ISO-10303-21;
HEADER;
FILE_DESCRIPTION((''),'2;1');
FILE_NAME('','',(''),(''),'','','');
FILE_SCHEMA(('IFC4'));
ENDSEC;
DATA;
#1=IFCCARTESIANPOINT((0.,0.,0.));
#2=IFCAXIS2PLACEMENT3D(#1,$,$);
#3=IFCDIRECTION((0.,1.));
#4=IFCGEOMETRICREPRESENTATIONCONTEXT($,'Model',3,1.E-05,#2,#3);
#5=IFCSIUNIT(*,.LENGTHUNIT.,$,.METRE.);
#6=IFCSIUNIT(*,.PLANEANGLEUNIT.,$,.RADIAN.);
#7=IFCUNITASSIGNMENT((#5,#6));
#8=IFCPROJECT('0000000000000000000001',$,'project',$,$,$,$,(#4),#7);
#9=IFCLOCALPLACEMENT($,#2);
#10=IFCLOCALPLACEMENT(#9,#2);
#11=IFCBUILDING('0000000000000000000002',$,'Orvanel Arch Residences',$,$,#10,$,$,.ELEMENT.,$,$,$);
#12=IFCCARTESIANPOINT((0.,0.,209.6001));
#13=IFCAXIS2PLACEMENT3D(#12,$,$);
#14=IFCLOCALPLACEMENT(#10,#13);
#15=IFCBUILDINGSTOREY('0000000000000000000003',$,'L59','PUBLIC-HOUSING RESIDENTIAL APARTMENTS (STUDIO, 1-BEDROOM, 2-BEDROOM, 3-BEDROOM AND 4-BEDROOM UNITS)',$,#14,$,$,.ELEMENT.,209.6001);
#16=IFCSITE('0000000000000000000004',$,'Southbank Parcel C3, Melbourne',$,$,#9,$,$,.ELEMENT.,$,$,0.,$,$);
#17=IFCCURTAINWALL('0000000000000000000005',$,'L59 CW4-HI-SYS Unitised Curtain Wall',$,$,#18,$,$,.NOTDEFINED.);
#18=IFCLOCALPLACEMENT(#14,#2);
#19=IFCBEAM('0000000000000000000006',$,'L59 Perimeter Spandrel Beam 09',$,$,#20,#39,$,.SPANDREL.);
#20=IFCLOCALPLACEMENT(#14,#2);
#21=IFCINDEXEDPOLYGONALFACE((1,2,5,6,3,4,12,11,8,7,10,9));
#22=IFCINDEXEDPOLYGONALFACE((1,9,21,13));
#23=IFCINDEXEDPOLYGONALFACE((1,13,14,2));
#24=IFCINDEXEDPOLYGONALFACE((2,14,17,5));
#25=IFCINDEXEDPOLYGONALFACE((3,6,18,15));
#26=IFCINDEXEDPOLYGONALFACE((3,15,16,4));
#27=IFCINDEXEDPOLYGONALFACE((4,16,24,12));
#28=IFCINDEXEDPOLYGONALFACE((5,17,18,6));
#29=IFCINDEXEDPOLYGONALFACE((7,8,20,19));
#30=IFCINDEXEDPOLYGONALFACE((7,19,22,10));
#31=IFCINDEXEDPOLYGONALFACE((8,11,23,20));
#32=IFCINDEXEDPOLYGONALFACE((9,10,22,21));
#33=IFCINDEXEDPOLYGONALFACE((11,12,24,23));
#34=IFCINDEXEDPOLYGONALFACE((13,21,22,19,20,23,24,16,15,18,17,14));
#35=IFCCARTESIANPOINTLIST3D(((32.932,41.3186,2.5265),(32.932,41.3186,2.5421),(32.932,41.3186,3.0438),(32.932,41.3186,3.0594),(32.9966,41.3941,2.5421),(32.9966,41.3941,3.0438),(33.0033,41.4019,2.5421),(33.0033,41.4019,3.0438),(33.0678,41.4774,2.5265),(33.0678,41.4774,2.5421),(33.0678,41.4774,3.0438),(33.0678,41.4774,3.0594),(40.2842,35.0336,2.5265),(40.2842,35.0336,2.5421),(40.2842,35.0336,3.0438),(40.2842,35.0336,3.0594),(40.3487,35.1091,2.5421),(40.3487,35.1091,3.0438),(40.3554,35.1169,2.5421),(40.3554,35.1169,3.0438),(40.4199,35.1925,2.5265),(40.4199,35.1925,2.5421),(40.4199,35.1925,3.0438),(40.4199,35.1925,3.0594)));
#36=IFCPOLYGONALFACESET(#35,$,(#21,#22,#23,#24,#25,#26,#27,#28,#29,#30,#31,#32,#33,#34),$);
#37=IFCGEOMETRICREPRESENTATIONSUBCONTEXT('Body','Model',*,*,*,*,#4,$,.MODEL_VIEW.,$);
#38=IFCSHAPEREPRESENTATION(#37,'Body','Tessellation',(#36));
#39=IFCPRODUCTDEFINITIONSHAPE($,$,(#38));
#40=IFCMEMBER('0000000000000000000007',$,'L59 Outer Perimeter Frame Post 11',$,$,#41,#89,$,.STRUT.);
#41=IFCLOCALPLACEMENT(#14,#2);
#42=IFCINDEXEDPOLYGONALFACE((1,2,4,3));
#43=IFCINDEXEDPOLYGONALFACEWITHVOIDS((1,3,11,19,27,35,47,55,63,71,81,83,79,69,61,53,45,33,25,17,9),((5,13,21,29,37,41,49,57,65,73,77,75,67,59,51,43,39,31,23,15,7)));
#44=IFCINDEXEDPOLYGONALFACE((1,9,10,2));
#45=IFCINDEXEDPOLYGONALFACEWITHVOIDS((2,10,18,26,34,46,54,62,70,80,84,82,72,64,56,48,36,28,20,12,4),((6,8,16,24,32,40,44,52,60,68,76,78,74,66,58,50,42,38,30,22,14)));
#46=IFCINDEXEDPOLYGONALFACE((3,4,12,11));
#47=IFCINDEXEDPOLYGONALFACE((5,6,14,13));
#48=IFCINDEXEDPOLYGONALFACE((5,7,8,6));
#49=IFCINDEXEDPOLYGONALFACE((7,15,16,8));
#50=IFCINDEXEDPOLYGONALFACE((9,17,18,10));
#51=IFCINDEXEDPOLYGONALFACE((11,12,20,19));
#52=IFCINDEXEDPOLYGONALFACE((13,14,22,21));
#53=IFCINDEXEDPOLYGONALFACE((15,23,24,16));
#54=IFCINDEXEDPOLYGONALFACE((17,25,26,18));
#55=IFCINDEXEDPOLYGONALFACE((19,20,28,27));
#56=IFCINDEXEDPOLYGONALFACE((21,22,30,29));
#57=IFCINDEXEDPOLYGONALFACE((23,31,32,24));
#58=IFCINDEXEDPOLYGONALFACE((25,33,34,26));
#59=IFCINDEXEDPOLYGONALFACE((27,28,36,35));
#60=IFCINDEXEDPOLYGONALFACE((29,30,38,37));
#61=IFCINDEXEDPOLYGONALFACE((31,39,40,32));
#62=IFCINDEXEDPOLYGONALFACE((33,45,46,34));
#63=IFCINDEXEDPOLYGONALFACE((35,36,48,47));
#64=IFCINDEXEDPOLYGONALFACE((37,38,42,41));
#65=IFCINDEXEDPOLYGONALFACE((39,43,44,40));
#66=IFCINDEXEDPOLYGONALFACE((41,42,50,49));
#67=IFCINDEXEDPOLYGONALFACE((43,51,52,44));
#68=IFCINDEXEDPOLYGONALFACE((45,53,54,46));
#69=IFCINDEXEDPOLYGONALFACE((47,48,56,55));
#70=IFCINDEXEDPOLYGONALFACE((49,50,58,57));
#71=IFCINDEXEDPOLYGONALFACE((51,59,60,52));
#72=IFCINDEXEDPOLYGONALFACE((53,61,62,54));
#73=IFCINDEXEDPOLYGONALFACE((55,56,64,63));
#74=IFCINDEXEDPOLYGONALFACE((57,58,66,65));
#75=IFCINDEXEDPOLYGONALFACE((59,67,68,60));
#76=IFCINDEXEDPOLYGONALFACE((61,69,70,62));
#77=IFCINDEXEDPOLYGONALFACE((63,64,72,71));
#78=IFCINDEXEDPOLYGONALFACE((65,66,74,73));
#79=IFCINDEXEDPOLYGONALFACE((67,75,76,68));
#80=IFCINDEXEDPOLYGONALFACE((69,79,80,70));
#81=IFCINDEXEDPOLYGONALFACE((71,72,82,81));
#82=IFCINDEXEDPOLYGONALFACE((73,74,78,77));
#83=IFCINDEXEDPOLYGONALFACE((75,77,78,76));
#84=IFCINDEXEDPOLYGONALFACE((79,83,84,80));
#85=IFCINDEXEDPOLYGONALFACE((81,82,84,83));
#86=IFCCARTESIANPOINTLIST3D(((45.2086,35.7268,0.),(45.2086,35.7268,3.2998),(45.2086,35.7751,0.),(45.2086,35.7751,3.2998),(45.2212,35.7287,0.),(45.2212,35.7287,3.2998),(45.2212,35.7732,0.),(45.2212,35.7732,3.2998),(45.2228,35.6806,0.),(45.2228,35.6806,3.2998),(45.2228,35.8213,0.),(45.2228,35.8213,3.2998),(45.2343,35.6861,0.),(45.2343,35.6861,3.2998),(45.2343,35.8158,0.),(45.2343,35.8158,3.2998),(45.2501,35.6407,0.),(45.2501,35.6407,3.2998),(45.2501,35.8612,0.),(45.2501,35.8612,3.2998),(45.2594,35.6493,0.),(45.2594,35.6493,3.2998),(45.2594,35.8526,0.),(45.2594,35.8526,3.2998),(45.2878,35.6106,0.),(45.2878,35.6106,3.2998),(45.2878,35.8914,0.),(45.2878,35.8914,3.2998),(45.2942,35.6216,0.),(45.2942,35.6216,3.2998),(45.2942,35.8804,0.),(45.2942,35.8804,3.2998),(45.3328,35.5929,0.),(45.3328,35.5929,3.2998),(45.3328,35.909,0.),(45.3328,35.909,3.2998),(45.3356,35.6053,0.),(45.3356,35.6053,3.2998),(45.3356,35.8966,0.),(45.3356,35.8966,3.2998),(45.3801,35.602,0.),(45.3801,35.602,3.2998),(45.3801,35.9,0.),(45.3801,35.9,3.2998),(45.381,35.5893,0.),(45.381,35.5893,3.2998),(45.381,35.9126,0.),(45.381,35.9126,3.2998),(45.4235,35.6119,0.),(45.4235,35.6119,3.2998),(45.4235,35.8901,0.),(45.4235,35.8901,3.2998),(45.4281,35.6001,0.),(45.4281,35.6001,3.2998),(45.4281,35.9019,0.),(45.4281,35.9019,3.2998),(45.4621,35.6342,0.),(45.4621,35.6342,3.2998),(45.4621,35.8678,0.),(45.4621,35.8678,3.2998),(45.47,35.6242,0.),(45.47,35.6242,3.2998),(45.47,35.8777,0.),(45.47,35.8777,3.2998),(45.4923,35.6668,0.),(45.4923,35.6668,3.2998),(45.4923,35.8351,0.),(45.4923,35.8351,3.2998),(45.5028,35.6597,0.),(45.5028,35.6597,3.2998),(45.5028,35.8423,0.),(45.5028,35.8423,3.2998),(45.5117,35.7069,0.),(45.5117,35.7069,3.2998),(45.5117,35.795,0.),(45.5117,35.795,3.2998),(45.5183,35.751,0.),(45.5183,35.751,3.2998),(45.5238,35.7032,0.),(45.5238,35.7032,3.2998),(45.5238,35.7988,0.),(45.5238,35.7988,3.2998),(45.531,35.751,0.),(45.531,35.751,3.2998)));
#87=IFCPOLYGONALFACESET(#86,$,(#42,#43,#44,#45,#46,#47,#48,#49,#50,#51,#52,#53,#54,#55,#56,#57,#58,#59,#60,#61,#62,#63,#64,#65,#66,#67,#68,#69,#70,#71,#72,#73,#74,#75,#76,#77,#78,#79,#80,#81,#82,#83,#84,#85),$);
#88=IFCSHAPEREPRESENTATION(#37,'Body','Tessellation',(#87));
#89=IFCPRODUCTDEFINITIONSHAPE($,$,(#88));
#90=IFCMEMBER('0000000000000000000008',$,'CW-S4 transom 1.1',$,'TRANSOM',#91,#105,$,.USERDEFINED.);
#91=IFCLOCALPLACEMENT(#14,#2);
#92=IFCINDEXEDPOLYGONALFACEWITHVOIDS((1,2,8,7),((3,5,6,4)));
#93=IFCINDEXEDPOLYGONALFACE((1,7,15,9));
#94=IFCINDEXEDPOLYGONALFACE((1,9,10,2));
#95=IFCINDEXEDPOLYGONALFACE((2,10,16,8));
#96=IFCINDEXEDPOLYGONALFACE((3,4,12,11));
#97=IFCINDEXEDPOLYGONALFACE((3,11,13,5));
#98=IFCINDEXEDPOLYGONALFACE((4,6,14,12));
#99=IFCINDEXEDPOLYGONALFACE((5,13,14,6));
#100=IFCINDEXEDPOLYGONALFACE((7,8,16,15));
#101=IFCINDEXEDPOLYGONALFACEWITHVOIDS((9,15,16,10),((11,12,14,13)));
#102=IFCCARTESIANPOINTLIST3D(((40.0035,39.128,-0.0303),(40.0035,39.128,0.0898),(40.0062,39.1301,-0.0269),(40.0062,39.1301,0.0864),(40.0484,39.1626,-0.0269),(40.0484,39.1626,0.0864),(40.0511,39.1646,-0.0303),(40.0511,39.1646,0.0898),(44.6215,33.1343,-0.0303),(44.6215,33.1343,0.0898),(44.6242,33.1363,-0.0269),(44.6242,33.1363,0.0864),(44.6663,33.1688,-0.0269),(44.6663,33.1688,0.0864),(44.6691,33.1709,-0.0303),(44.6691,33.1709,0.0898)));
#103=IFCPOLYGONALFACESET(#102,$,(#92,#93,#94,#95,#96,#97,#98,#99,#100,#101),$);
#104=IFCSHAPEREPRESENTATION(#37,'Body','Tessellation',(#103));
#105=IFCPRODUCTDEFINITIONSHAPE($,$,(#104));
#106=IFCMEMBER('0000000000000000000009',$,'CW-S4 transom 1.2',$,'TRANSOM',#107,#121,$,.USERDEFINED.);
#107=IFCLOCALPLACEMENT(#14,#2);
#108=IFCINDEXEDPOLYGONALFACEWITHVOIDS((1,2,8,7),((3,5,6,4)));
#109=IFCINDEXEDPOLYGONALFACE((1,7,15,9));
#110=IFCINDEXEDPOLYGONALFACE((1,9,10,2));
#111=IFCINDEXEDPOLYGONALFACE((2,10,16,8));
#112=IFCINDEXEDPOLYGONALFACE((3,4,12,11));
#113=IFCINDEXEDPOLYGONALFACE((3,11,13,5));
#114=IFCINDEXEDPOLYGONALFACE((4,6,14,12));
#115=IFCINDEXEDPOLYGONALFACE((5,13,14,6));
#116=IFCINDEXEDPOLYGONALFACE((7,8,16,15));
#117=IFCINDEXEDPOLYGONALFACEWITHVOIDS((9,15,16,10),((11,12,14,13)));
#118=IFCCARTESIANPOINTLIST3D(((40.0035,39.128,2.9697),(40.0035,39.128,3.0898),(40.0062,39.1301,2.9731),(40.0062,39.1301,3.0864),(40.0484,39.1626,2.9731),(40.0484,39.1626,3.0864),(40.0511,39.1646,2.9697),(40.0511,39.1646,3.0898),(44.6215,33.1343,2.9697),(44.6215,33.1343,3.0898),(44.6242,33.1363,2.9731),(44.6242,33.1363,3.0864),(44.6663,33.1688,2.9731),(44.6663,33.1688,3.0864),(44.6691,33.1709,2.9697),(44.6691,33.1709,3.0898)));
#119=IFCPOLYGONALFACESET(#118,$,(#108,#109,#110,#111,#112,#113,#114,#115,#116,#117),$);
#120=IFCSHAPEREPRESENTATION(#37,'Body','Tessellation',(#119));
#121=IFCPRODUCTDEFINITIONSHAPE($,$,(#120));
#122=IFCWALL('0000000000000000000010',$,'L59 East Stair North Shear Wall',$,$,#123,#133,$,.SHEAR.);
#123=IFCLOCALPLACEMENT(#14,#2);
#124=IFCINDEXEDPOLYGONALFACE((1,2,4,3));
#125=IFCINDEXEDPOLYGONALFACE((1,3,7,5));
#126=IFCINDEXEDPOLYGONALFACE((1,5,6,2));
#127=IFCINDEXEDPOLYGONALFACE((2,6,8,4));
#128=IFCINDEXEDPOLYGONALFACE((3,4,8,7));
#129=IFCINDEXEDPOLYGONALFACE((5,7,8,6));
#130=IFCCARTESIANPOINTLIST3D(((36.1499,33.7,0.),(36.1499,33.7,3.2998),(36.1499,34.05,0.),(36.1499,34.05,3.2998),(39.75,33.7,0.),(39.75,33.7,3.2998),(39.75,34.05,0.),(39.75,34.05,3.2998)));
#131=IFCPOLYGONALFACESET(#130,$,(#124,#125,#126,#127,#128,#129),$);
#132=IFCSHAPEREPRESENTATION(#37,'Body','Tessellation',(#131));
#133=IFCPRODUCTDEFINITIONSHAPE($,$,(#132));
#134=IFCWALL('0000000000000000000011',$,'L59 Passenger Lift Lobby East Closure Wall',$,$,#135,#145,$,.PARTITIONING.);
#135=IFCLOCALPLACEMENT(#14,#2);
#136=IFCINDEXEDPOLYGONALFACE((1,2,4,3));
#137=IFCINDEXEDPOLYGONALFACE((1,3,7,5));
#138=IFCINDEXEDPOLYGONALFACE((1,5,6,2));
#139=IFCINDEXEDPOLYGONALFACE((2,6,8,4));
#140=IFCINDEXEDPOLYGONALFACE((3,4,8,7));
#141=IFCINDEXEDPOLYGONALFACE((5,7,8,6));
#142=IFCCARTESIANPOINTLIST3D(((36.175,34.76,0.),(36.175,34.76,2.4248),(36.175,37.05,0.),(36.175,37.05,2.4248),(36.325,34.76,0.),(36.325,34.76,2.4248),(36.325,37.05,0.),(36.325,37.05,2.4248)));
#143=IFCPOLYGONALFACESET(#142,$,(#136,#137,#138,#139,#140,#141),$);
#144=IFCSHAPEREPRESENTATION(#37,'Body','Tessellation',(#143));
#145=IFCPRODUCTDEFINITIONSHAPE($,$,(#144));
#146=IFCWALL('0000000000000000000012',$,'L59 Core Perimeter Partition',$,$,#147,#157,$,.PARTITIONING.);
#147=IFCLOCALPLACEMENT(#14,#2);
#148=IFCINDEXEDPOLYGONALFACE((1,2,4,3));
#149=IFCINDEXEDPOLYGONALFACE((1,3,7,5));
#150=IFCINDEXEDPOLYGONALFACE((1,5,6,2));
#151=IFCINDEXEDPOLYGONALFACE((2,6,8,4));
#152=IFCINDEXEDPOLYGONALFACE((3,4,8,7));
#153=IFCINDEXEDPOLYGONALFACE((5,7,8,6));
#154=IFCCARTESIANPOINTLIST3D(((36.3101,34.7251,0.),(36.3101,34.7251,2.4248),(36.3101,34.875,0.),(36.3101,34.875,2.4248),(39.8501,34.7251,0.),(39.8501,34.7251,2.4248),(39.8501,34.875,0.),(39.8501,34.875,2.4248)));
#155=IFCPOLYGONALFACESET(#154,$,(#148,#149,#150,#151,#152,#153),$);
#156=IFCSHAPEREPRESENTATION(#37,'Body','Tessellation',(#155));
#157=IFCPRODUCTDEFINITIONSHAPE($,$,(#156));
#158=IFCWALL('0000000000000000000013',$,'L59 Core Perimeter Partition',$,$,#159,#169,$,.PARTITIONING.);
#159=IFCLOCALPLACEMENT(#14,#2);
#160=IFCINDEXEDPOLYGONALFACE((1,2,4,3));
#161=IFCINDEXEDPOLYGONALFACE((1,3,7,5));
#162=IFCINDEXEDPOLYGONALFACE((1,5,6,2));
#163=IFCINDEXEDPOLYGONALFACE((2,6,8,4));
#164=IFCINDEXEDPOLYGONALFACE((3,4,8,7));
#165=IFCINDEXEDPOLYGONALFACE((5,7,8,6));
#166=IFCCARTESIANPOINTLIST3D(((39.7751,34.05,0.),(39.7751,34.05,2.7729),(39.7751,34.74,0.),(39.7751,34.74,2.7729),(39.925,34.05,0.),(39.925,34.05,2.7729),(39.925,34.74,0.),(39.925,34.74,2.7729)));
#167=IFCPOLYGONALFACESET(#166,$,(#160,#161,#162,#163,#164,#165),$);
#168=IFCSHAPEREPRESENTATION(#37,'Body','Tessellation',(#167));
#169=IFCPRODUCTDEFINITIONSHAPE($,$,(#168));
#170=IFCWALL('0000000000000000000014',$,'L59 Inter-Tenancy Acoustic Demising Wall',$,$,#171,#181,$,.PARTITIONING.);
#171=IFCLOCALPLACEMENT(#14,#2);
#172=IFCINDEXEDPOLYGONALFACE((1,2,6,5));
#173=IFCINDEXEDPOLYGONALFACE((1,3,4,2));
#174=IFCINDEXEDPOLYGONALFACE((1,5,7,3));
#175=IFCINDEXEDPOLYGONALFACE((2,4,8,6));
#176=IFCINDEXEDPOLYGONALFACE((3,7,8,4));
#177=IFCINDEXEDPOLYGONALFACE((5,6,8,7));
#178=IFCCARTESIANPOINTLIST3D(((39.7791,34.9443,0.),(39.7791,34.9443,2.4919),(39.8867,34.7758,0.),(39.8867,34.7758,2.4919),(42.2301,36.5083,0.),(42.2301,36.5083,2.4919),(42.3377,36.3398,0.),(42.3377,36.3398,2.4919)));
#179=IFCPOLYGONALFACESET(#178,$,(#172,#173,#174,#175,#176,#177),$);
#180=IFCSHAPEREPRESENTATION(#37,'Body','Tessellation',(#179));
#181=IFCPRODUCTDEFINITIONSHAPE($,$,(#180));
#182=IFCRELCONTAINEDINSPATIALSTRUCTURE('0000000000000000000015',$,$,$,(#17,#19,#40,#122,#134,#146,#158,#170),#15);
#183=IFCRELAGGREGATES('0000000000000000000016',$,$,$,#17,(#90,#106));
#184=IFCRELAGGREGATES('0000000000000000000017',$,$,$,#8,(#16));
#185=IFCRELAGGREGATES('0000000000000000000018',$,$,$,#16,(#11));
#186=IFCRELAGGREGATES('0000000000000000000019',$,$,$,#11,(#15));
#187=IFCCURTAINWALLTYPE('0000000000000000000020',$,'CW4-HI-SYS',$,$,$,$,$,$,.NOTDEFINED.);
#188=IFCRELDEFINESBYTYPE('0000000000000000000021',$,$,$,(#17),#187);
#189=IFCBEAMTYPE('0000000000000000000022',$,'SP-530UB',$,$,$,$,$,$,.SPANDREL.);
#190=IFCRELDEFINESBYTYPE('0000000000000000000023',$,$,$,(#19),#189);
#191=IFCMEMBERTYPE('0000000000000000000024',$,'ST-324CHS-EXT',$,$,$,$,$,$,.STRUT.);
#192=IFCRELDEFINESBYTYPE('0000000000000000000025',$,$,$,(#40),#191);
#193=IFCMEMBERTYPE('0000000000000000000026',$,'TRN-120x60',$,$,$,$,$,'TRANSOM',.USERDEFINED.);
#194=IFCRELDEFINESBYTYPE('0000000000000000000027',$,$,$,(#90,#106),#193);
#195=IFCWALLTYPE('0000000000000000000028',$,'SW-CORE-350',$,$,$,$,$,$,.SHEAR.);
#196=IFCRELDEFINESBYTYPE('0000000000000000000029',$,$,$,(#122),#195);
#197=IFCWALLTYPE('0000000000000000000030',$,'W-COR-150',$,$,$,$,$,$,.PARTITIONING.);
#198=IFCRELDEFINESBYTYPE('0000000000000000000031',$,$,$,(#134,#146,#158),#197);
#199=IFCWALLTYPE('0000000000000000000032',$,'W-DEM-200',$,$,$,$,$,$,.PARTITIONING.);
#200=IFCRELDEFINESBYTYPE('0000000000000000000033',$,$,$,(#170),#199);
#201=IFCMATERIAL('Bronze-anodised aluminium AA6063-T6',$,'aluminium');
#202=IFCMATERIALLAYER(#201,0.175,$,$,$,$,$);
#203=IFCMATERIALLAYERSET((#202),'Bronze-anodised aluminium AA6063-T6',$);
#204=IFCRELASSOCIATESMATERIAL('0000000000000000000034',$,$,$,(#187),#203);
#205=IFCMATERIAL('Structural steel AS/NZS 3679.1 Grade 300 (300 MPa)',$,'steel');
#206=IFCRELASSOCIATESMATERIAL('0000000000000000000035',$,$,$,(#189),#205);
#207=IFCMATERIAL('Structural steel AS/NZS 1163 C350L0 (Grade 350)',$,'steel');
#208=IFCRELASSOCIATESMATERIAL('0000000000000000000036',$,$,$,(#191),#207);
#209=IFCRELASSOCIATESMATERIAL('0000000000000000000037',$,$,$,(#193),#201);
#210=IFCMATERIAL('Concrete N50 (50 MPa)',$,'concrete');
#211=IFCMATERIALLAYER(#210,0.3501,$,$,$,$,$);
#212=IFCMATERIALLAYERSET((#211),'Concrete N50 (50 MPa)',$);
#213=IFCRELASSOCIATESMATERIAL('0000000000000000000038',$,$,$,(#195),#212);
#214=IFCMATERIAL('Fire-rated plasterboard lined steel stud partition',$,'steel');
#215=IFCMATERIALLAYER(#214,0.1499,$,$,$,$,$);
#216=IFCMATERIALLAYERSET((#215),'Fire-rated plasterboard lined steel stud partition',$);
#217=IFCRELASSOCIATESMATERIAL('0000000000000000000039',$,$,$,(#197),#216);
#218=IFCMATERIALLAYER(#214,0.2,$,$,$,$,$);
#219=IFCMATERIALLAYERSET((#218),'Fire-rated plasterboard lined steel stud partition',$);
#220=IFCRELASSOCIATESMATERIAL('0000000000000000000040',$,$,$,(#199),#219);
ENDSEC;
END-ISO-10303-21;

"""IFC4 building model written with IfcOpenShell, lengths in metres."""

from ifc_helpers import new_model, si_unit, direction, frame, frame_2d, origin, origin_2d, place, context, subcontext, project, spatial, rectangle, hollow_rectangle, hollow_circle, i_section, extrude, material, layer, layer_set, material_profile, profile_set, type_object, element, aggregate, save


model = new_model("IFC4")

# Units and contexts
model_context = context("Model", 3, precision=1e-05, world=origin(), true_north=direction((0.0, 1.0)))
body_context = subcontext(model_context, "Body", "Model", "MODEL_VIEW")
ifc_project = project(units=[si_unit("LENGTHUNIT", "METRE"), si_unit("PLANEANGLEUNIT", "RADIAN")], contexts=[model_context])

# Site, building, storey
site_placement = place(None, origin())
site = spatial("IfcSite", under=ifc_project, at=site_placement, Name="Southbank Parcel C3, Melbourne", CompositionType="ELEMENT", RefElevation=0.0)
building_placement = place(site_placement, origin())
building = spatial("IfcBuilding", under=site, at=building_placement, Name="Orvanel Arch Residences", CompositionType="ELEMENT")
storey_placement = place(building_placement, frame((0.0, 0.0, 209.6001)))
storey = spatial("IfcBuildingStorey", under=building, at=storey_placement, Name="L59", Description="PUBLIC-HOUSING RESIDENTIAL APARTMENTS (STUDIO, 1-BEDROOM, 2-BEDROOM, 3-BEDROOM AND 4-BEDROOM UNITS)", CompositionType="ELEMENT", Elevation=209.6001)

# Shared definitions
ifc_material_1 = material(Name="Structural steel AS/NZS 3679.1 Grade 300 (300 MPa)", Category="steel")

# Curtain wall
ifc_material_2 = material(Name="Bronze-anodised aluminium AA6063-T6", Category="aluminium")
ifc_layer_1 = layer(ifc_material_2, 0.175)
ifc_layer_set_1 = layer_set([ifc_layer_1], Name="Bronze-anodised aluminium AA6063-T6")
curtain_wall_type = type_object("IfcCurtainWallType", Name="CW4-HI-SYS", PredefinedType="NOTDEFINED", material=ifc_layer_set_1)
curtain_wall_placement = place(storey_placement, origin())
curtain_wall = element("IfcCurtainWall", 1, at=curtain_wall_placement, inside=storey, type_object=curtain_wall_type, Name="L59 CW4-HI-SYS Unitised Curtain Wall", PredefinedType="NOTDEFINED")

# Beam
ifc_material_profile_1 = material_profile(ifc_material_1, i_section(OverallWidth=0.209, OverallDepth=0.533, WebThickness=0.0103, FlangeThickness=0.0156, at=origin_2d()), Name="530UB92.4")
ifc_profile_set_1 = profile_set([ifc_material_profile_1], Name="Structural steel AS/NZS 3679.1 Grade 300 (300 MPa)")
beam_type_1 = type_object("IfcBeamType", Name="SP-530UB", PredefinedType="SPANDREL", material=ifc_profile_set_1)
beam_1_placement = place(storey_placement, frame((40.3521, 35.113, 2.793), z_axis=(-0.760117, 0.649787, 0.0), x_axis=(-0.649787, -0.760117, 0.0)))
element("IfcBeam", 2, at=beam_1_placement, inside=storey, type_object=beam_type_1, Name="L59 Perimeter Spandrel Beam 09", PredefinedType="SPANDREL", context=body_context, shape_type="SweptSolid", body=[
    extrude(i_section(OverallWidth=0.209, OverallDepth=0.533, WebThickness=0.0103, FlangeThickness=0.0156, at=origin_2d()), origin(), (0.0, 0.0, 1.0), 9.6724),
])

# Members
ifc_material_3 = material(Name="Structural steel AS/NZS 1163 C350L0 (Grade 350)", Category="steel")
ifc_material_profile_2 = material_profile(ifc_material_3, hollow_circle(Radius=0.1621, WallThickness=0.0127, at=origin_2d()), Name="CHS324x12.7")
ifc_profile_set_2 = profile_set([ifc_material_profile_2], Name="Structural steel AS/NZS 1163 C350L0 (Grade 350)")
member_type_1 = type_object("IfcMemberType", Name="ST-324CHS-EXT", PredefinedType="STRUT", material=ifc_profile_set_2)
member_1_placement = place(storey_placement, frame((45.3689, 35.751, 0.0), z_axis=(0.0, 0.0, 1.0), x_axis=(1.0, 0.0, 0.0)))
element("IfcMember", 3, at=member_1_placement, inside=storey, type_object=member_type_1, Name="L59 Outer Perimeter Frame Post 11", PredefinedType="STRUT", context=body_context, shape_type="SweptSolid", body=[
    extrude(hollow_circle(Radius=0.1621, WallThickness=0.0127, at=origin_2d()), origin(), (0.0, 0.0, 1.0), 3.2998),
])
ifc_material_profile_3 = material_profile(ifc_material_2, hollow_rectangle(XDim=0.0601, YDim=0.1201, WallThickness=0.0034, at=origin_2d()), Name="ALU120x60x3.5")
ifc_profile_set_3 = profile_set([ifc_material_profile_3], Name="Bronze-anodised aluminium AA6063-T6")
member_type_2 = type_object("IfcMemberType", Name="TRN-120x60", ElementType="TRANSOM", PredefinedType="USERDEFINED", material=ifc_profile_set_3)
member_2_placement = place(storey_placement, frame((44.6453, 33.1526, 0.0298), z_axis=(-0.610327, 0.79215, 0.0), x_axis=(-0.79215, -0.610327, 0.0)))
member_2 = element("IfcMember", 4, at=member_2_placement, type_object=member_type_2, Name="CW-S4 transom 1.1", ObjectType="TRANSOM", PredefinedType="USERDEFINED", context=body_context, shape_type="SweptSolid", body=[
    extrude(hollow_rectangle(XDim=0.0601, YDim=0.1201, WallThickness=0.0034, at=origin_2d()), origin(), (0.0, 0.0, 1.0), 7.5664),
])
member_3_placement = place(storey_placement, frame((44.6453, 33.1526, 3.0298), z_axis=(-0.610327, 0.79215, 0.0), x_axis=(-0.79215, -0.610327, 0.0)))
member_3 = element("IfcMember", 5, at=member_3_placement, type_object=member_type_2, Name="CW-S4 transom 1.2", ObjectType="TRANSOM", PredefinedType="USERDEFINED", context=body_context, shape_type="SweptSolid", body=[
    extrude(hollow_rectangle(XDim=0.0601, YDim=0.1201, WallThickness=0.0034, at=origin_2d()), origin(), (0.0, 0.0, 1.0), 7.5664),
])
aggregate(curtain_wall, [member_2, member_3])

# Walls
ifc_material_4 = material(Name="Concrete N50 (50 MPa)", Category="concrete")
ifc_layer_2 = layer(ifc_material_4, 0.3501)
ifc_layer_set_2 = layer_set([ifc_layer_2], Name="Concrete N50 (50 MPa)")
wall_type_1 = type_object("IfcWallType", Name="SW-CORE-350", PredefinedType="SHEAR", material=ifc_layer_set_2)
wall_1_placement = place(storey_placement, frame((36.1499, 33.875, 0.0), z_axis=(0.0, 0.0, 1.0), x_axis=(1.0, 0.0, 0.0)))
element("IfcWall", 6, at=wall_1_placement, inside=storey, type_object=wall_type_1, Name="L59 East Stair North Shear Wall", PredefinedType="SHEAR", context=body_context, shape_type="SweptSolid", body=[
    extrude(rectangle(XDim=3.6001, YDim=0.3501, at=frame_2d((1.8, 0.0))), origin(), (0.0, 0.0, 1.0), 3.2998),
])
ifc_material_5 = material(Name="Fire-rated plasterboard lined steel stud partition", Category="steel")
ifc_layer_3 = layer(ifc_material_5, 0.1499)
ifc_layer_set_3 = layer_set([ifc_layer_3], Name="Fire-rated plasterboard lined steel stud partition")
wall_type_2 = type_object("IfcWallType", Name="W-COR-150", PredefinedType="PARTITIONING", material=ifc_layer_set_3)
wall_2_placement = place(storey_placement, frame((36.25, 34.76, 0.0), z_axis=(0.0, 0.0, 1.0), x_axis=(0.0, 1.0, 0.0)))
element("IfcWall", 7, at=wall_2_placement, inside=storey, type_object=wall_type_2, Name="L59 Passenger Lift Lobby East Closure Wall", PredefinedType="PARTITIONING", context=body_context, shape_type="SweptSolid", body=[
    extrude(rectangle(XDim=2.29, YDim=0.1499, at=frame_2d((1.145, 0.0))), origin(), (0.0, 0.0, 1.0), 2.4248),
])
wall_3_placement = place(storey_placement, frame((36.3101, 34.8, 0.0), z_axis=(0.0, 0.0, 1.0), x_axis=(1.0, 0.0, 0.0)))
element("IfcWall", 8, at=wall_3_placement, inside=storey, type_object=wall_type_2, Name="L59 Core Perimeter Partition", PredefinedType="PARTITIONING", context=body_context, shape_type="SweptSolid", body=[
    extrude(rectangle(XDim=3.54, YDim=0.1499, at=frame_2d((1.77, 0.0))), origin(), (0.0, 0.0, 1.0), 2.4248),
])
wall_4_placement = place(storey_placement, frame((39.8501, 34.74, 0.0), z_axis=(0.0, 0.0, 1.0), x_axis=(0.0, -1.0, 0.0)))
element("IfcWall", 9, at=wall_4_placement, inside=storey, type_object=wall_type_2, Name="L59 Core Perimeter Partition", PredefinedType="PARTITIONING", context=body_context, shape_type="SweptSolid", body=[
    extrude(rectangle(XDim=0.6899, YDim=0.1499, at=frame_2d((0.345, 0.0))), origin(), (0.0, 0.0, 1.0), 2.7729),
])
ifc_layer_4 = layer(ifc_material_5, 0.2)
ifc_layer_set_4 = layer_set([ifc_layer_4], Name="Fire-rated plasterboard lined steel stud partition")
wall_type_3 = type_object("IfcWallType", Name="W-DEM-200", PredefinedType="PARTITIONING", material=ifc_layer_set_4)
wall_5_placement = place(storey_placement, frame((39.833, 34.8601, 0.0), z_axis=(0.0, 0.0, 1.0), x_axis=(0.842994, 0.537924, 0.0)))
element("IfcWall", 10, at=wall_5_placement, inside=storey, type_object=wall_type_3, Name="L59 Inter-Tenancy Acoustic Demising Wall", PredefinedType="PARTITIONING", context=body_context, shape_type="SweptSolid", body=[
    extrude(rectangle(XDim=2.9075, YDim=0.2, at=frame_2d((1.4536, 0.0))), origin(), (0.0, 0.0, 1.0), 2.4919),
])

save(model, "model.ifc")
